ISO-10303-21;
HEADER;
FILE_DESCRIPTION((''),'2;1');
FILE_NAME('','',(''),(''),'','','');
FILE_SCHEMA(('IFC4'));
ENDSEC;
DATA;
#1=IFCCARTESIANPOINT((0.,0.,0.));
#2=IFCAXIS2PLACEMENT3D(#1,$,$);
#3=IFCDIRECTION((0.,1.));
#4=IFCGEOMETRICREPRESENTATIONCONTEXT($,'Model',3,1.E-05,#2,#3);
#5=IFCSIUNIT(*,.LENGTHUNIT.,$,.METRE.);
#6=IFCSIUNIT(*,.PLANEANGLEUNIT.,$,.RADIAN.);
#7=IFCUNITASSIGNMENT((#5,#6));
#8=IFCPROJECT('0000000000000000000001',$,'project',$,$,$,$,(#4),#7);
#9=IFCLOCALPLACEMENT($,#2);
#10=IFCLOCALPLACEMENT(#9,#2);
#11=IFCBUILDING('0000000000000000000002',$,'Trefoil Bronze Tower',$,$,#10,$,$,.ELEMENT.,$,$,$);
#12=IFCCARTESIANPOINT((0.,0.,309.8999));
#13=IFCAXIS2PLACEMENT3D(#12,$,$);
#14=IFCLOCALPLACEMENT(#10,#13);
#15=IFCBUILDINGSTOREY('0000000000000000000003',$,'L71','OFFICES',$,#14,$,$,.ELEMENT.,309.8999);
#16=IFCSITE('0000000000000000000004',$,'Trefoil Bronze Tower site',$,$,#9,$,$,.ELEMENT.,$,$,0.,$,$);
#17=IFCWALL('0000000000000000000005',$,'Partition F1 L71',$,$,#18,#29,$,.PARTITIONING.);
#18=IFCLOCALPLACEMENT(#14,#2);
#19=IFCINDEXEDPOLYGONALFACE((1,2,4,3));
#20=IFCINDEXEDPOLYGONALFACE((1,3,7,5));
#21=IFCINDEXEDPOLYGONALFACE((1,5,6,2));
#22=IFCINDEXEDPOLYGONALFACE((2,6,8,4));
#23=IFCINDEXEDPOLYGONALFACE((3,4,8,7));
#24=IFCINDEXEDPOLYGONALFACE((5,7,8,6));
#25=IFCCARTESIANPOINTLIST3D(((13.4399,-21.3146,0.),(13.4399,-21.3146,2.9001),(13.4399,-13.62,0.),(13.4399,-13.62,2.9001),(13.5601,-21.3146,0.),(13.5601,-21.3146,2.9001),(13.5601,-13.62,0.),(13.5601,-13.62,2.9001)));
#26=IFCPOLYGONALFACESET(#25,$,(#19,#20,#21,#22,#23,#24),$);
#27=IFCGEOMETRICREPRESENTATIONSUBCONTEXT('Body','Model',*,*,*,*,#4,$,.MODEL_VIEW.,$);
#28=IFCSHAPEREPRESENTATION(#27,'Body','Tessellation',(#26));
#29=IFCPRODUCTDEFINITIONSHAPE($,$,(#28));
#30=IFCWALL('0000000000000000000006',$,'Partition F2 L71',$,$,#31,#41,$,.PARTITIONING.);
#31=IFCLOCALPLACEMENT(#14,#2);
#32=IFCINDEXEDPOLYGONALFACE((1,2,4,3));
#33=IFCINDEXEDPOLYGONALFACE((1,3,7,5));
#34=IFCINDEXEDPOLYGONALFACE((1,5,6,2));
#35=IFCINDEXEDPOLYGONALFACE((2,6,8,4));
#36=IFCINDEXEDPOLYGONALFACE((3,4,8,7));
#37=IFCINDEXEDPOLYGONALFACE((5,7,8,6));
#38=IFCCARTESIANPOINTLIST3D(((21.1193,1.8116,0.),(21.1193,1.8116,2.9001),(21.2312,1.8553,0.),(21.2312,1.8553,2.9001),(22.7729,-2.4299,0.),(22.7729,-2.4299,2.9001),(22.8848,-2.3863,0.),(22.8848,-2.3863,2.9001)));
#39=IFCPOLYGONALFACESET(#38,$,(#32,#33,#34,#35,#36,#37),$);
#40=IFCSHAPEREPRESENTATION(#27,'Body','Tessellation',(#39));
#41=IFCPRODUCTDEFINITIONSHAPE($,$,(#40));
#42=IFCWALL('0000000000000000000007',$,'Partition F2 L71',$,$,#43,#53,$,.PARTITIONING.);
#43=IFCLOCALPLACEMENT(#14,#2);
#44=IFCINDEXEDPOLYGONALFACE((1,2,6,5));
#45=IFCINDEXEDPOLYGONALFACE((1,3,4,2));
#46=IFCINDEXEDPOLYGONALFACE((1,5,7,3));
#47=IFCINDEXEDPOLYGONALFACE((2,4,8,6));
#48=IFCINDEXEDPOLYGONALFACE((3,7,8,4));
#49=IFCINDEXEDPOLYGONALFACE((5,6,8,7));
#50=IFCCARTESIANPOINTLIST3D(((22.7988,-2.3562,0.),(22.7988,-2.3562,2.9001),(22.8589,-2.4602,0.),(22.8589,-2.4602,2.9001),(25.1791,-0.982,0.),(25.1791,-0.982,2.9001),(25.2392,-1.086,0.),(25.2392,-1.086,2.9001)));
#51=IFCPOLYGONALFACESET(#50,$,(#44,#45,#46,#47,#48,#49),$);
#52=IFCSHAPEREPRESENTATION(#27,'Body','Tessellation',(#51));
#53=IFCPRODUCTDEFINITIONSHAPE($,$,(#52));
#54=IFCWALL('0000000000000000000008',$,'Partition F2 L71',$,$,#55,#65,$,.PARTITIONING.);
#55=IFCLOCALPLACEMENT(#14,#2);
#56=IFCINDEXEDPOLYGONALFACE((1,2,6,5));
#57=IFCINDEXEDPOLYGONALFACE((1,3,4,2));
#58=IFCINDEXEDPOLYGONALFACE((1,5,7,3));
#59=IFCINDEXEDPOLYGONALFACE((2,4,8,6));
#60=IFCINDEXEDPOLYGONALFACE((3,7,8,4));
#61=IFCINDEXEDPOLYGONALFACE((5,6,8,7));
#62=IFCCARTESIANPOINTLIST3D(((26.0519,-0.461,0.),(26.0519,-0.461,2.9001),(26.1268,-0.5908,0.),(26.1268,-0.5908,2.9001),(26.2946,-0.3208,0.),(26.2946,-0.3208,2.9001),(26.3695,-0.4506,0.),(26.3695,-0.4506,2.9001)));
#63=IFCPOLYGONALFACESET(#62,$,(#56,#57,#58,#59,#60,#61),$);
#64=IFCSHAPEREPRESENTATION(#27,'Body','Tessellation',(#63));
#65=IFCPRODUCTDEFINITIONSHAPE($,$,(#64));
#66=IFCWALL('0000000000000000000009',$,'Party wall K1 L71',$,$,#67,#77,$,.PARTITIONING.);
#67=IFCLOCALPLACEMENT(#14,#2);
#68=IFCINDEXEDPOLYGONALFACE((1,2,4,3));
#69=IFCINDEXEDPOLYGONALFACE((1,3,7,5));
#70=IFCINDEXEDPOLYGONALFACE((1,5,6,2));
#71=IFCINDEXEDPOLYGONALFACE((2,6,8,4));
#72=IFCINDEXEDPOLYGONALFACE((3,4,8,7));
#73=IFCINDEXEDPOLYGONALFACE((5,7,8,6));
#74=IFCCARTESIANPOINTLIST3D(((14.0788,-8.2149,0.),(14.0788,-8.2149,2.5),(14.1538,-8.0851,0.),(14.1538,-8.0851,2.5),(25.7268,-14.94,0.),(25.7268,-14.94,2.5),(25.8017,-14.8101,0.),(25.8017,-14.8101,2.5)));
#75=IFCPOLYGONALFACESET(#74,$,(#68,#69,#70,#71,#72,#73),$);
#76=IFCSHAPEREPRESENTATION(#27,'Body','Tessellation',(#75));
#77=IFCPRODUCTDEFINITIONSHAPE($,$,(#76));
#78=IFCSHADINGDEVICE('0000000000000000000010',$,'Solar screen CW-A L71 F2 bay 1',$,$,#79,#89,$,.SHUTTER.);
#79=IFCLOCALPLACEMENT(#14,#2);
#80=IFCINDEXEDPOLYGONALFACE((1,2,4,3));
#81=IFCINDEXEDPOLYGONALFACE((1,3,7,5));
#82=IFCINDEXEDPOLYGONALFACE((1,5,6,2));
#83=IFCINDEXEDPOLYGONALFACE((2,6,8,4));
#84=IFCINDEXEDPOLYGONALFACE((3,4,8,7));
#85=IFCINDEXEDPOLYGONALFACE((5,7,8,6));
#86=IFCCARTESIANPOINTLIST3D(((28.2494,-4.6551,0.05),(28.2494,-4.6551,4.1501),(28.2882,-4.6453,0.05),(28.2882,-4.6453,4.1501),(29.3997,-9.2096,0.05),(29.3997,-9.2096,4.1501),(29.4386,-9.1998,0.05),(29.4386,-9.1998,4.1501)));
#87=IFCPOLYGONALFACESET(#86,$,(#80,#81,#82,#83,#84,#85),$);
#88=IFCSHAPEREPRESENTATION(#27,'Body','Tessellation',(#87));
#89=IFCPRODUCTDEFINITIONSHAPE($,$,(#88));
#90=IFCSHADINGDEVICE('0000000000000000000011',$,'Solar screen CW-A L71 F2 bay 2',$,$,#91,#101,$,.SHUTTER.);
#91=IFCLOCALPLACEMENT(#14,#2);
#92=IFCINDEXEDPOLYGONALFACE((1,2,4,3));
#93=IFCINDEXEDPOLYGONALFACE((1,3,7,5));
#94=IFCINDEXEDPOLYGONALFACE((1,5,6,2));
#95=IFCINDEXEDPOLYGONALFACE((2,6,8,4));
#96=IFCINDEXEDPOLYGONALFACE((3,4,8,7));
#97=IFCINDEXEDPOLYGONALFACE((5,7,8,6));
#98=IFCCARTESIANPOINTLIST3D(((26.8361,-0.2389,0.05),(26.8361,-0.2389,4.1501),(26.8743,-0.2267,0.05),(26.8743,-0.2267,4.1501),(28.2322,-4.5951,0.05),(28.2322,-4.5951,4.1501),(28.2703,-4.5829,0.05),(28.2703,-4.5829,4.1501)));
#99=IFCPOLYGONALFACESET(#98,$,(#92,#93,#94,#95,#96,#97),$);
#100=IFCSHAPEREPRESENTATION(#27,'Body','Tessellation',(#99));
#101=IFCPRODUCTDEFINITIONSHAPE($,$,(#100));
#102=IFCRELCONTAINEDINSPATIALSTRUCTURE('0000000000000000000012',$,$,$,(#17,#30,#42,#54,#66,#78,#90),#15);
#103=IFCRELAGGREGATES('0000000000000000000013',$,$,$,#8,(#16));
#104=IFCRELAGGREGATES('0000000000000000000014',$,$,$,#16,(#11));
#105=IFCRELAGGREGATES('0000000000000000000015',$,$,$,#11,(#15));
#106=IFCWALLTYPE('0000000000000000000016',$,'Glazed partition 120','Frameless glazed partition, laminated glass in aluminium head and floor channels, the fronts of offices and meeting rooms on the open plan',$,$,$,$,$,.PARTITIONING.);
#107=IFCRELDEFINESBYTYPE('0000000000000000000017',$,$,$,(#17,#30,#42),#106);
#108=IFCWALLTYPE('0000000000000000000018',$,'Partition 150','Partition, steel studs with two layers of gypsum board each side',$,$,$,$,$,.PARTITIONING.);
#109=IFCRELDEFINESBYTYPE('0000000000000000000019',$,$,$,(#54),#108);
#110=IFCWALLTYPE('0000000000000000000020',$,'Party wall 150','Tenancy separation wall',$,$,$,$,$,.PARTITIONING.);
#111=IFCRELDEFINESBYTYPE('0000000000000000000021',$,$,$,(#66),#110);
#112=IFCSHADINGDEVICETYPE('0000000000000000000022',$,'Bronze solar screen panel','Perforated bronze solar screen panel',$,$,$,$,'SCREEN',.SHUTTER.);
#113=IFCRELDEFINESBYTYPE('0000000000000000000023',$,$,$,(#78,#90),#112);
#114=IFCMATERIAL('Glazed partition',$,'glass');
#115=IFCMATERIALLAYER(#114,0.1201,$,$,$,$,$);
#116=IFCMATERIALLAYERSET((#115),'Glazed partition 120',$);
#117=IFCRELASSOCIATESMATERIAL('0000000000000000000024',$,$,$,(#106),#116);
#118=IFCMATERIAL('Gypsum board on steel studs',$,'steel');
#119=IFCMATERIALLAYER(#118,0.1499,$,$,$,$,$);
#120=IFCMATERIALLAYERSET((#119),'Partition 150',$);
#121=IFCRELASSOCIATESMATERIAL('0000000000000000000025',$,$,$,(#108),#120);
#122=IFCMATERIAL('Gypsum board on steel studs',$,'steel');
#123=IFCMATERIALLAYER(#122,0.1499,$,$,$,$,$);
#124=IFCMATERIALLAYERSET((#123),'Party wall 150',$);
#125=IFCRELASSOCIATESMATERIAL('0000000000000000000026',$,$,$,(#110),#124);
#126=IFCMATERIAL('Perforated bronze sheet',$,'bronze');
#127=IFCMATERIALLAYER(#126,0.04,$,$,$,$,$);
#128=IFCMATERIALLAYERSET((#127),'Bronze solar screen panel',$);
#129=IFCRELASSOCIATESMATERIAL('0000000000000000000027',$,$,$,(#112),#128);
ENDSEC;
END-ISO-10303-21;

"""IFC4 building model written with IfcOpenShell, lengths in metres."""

from ifc_helpers import new_model, si_unit, direction, frame, frame_2d, origin, origin_2d, place, context, subcontext, project, spatial, rectangle, extrude, material, layer, layer_set, type_object, element, save


model = new_model("IFC4")

# Units and contexts
model_context = context("Model", 3, precision=1e-05, world=origin(), true_north=direction((0.0, 1.0)))
body_context = subcontext(model_context, "Body", "Model", "MODEL_VIEW")
ifc_project = project(units=[si_unit("LENGTHUNIT", "METRE"), si_unit("PLANEANGLEUNIT", "RADIAN")], contexts=[model_context])

# Site, building, storey
site_placement = place(None, origin())
site = spatial("IfcSite", under=ifc_project, at=site_placement, Name="Trefoil Bronze Tower site", CompositionType="ELEMENT", RefElevation=0.0)
building_placement = place(site_placement, origin())
building = spatial("IfcBuilding", under=site, at=building_placement, Name="Trefoil Bronze Tower", CompositionType="ELEMENT")
storey_placement = place(building_placement, frame((0.0, 0.0, 309.8999)))
storey = spatial("IfcBuildingStorey", under=building, at=storey_placement, Name="L71", Description="OFFICES", CompositionType="ELEMENT", Elevation=309.8999)

# Walls
ifc_material_1 = material(Name="Glazed partition", Category="glass")
ifc_layer_1 = layer(ifc_material_1, 0.1201)
ifc_layer_set_1 = layer_set([ifc_layer_1], Name="Glazed partition 120")
wall_type_1 = type_object("IfcWallType", Name="Glazed partition 120", Description="Frameless glazed partition, laminated glass in aluminium head and floor channels, the fronts of offices and meeting rooms on the open plan", PredefinedType="PARTITIONING", material=ifc_layer_set_1)
wall_1_placement = place(storey_placement, frame((13.5, -13.6201, 0.0), z_axis=(0.0, 0.0, 1.0), x_axis=(0.0, -1.0, 0.0)))
element("IfcWall", 1, at=wall_1_placement, inside=storey, type_object=wall_type_1, Name="Partition F1 L71", PredefinedType="PARTITIONING", context=body_context, shape_type="SweptSolid", body=[
    extrude(rectangle(XDim=7.6946, YDim=0.1201, at=frame_2d((3.8472, 0.0))), origin(), (0.0, 0.0, 1.0), 2.9001),
])
wall_2_placement = place(storey_placement, frame((22.8289, -2.4082, 0.0), z_axis=(0.0, 0.0, 1.0), x_axis=(-0.36323, 0.931699, 0.0)))
element("IfcWall", 2, at=wall_2_placement, inside=storey, type_object=wall_type_1, Name="Partition F2 L71", PredefinedType="PARTITIONING", context=body_context, shape_type="SweptSolid", body=[
    extrude(rectangle(XDim=4.5525, YDim=0.1201, at=frame_2d((2.2764, 0.0))), origin(), (0.0, 0.0, 1.0), 2.9001),
])
wall_3_placement = place(storey_placement, frame((22.8289, -2.4082, 0.0), z_axis=(0.0, 0.0, 1.0), x_axis=(0.866032, 0.499989, 0.0)))
element("IfcWall", 3, at=wall_3_placement, inside=storey, type_object=wall_type_1, Name="Partition F2 L71", PredefinedType="PARTITIONING", context=body_context, shape_type="SweptSolid", body=[
    extrude(rectangle(XDim=2.7485, YDim=0.1201, at=frame_2d((1.3743, 0.0))), origin(), (0.0, 0.0, 1.0), 2.9001),
])
ifc_material_2 = material(Name="Gypsum board on steel studs", Category="steel")
ifc_layer_2 = layer(ifc_material_2, 0.1499)
ifc_layer_set_2 = layer_set([ifc_layer_2], Name="Partition 150")
wall_type_2 = type_object("IfcWallType", Name="Partition 150", Description="Partition, steel studs with two layers of gypsum board each side", PredefinedType="PARTITIONING", material=ifc_layer_set_2)
wall_4_placement = place(storey_placement, frame((26.0894, -0.5259, 0.0), z_axis=(0.0, 0.0, 1.0), x_axis=(0.865982, 0.500074, 0.0)))
element("IfcWall", 4, at=wall_4_placement, inside=storey, type_object=wall_type_2, Name="Partition F2 L71", PredefinedType="PARTITIONING", context=body_context, shape_type="SweptSolid", body=[
    extrude(rectangle(XDim=0.2803, YDim=0.1499, at=frame_2d((0.1401, 0.0))), origin(), (0.0, 0.0, 1.0), 2.9001),
])
ifc_material_3 = material(Name="Gypsum board on steel studs", Category="steel")
ifc_layer_3 = layer(ifc_material_3, 0.1499)
ifc_layer_set_3 = layer_set([ifc_layer_3], Name="Party wall 150")
wall_type_3 = type_object("IfcWallType", Name="Party wall 150", Description="Tenancy separation wall", PredefinedType="PARTITIONING", material=ifc_layer_set_3)
wall_5_placement = place(storey_placement, frame((14.1162, -8.1499, 0.0), z_axis=(0.0, 0.0, 1.0), x_axis=(0.866021, -0.500008, 0.0)))
element("IfcWall", 5, at=wall_5_placement, inside=storey, type_object=wall_type_3, Name="Party wall K1 L71", PredefinedType="PARTITIONING", context=body_context, shape_type="SweptSolid", body=[
    extrude(rectangle(XDim=13.45, YDim=0.1499, at=frame_2d((6.7251, 0.0))), origin(), (0.0, 0.0, 1.0), 2.5),
])

# Shading devices
ifc_material_4 = material(Name="Perforated bronze sheet", Category="bronze")
ifc_layer_4 = layer(ifc_material_4, 0.04)
ifc_layer_set_4 = layer_set([ifc_layer_4], Name="Bronze solar screen panel")
shading_device_type = type_object("IfcShadingDeviceType", Name="Bronze solar screen panel", Description="Perforated bronze solar screen panel", ElementType="SCREEN", PredefinedType="SHUTTER", material=ifc_layer_set_4)
shading_device_1_placement = place(storey_placement, frame((28.844, -6.9275, 0.05), z_axis=(0.0, 0.0, 1.0), x_axis=(-0.24488, 0.969554, 0.0)))
element("IfcShadingDevice", 6, at=shading_device_1_placement, inside=storey, type_object=shading_device_type, Name="Solar screen CW-A L71 F2 bay 1", PredefinedType="SHUTTER", context=body_context, shape_type="SweptSolid", body=[
    extrude(rectangle(XDim=4.6975, YDim=0.04, at=origin_2d()), origin(), (0.0, 0.0, 1.0), 4.1001),
])
shading_device_2_placement = place(storey_placement, frame((27.5532, -2.4109, 0.05), z_axis=(0.0, 0.0, 1.0), x_axis=(-0.305188, 0.952292, 0.0)))
element("IfcShadingDevice", 7, at=shading_device_2_placement, inside=storey, type_object=shading_device_type, Name="Solar screen CW-A L71 F2 bay 2", PredefinedType="SHUTTER", context=body_context, shape_type="SweptSolid", body=[
    extrude(rectangle(XDim=4.5745, YDim=0.04, at=origin_2d()), origin(), (0.0, 0.0, 1.0), 4.1001),
])

save(model, "model.ifc")
